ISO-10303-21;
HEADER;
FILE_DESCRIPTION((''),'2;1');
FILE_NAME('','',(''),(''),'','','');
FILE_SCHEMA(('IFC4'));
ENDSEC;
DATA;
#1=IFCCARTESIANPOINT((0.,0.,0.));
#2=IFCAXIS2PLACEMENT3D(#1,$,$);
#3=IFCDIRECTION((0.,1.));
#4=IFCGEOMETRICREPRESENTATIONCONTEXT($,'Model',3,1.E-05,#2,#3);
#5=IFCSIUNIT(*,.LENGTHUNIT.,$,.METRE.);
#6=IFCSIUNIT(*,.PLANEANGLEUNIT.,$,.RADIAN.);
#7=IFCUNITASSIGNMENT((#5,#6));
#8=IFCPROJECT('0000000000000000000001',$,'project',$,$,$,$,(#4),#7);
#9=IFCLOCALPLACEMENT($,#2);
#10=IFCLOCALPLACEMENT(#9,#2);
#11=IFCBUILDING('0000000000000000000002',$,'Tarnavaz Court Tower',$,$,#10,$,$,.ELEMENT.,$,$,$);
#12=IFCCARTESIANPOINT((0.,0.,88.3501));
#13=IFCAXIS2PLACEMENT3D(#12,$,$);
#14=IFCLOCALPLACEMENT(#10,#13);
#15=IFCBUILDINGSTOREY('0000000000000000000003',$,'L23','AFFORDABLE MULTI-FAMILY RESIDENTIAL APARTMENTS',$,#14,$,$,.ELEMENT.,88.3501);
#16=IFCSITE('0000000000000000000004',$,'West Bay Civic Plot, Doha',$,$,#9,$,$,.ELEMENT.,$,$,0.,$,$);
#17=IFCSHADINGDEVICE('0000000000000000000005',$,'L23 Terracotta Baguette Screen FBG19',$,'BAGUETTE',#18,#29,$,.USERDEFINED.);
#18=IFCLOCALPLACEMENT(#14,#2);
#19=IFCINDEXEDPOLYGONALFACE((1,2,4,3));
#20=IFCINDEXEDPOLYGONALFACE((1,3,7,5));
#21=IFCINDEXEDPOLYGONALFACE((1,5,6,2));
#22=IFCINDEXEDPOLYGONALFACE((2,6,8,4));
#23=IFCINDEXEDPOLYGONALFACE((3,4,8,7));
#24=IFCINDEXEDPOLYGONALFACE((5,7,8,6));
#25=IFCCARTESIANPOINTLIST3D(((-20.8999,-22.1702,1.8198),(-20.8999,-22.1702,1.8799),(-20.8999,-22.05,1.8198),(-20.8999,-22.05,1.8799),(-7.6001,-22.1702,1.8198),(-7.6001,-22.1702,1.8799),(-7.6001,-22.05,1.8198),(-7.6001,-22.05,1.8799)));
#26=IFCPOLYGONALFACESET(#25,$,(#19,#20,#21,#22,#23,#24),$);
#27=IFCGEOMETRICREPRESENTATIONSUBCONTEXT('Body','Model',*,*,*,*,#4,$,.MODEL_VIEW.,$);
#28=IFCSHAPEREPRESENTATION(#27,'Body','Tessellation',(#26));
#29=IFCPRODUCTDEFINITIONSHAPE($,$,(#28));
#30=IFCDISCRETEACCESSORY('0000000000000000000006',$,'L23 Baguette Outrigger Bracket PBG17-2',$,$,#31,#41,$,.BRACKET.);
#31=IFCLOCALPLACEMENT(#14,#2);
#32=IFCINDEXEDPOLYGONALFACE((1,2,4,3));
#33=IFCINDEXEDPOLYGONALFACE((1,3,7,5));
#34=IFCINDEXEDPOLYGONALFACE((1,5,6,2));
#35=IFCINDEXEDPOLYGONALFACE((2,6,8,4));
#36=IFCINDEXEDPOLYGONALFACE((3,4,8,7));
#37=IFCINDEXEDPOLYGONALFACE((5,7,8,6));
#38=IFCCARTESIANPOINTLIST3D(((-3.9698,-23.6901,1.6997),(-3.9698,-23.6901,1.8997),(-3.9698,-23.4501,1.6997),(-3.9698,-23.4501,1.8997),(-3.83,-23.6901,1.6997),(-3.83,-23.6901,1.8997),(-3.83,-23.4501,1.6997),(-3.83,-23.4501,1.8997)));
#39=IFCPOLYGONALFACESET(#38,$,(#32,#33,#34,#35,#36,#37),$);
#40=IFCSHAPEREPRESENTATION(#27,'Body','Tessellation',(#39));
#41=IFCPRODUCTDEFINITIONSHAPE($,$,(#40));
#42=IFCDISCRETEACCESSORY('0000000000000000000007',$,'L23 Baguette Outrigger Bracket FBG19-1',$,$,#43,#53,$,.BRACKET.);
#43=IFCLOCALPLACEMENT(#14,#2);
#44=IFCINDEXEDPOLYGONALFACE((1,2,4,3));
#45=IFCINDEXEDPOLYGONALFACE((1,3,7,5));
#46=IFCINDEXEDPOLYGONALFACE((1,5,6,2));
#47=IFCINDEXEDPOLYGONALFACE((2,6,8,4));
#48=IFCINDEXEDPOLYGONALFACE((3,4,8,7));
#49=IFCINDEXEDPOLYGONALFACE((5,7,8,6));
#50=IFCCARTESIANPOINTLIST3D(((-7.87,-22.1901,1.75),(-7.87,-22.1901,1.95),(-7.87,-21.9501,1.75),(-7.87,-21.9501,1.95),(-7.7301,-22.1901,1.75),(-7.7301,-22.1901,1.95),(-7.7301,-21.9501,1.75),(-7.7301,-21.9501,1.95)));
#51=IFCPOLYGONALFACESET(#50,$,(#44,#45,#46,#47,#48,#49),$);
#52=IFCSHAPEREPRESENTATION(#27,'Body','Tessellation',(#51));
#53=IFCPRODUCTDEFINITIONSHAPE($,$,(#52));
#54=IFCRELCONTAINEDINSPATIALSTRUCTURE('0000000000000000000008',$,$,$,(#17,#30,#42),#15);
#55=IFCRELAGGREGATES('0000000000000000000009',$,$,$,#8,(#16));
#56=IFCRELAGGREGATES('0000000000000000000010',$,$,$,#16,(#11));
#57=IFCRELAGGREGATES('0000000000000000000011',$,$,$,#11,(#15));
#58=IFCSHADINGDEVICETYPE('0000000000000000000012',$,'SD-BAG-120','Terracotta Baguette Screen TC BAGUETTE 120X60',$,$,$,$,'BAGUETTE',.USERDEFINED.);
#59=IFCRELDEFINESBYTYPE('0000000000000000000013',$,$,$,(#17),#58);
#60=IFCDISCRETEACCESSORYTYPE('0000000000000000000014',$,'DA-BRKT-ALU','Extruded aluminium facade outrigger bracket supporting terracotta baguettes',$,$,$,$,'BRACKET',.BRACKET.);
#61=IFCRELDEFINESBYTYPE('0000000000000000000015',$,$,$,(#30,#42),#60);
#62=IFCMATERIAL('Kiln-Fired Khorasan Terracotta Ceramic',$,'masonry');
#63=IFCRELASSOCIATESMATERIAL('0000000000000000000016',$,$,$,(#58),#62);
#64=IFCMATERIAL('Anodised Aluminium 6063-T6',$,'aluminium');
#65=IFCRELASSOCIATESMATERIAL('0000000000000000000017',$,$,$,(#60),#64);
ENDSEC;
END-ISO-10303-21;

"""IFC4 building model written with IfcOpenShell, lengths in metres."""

from ifc_helpers import new_model, si_unit, direction, frame, origin, origin_2d, place, context, subcontext, project, spatial, rectangle, extrude, material, material_profile, profile_set, type_object, element, save


model = new_model("IFC4")

# Units and contexts
model_context = context("Model", 3, precision=1e-05, world=origin(), true_north=direction((0.0, 1.0)))
body_context = subcontext(model_context, "Body", "Model", "MODEL_VIEW")
ifc_project = project(units=[si_unit("LENGTHUNIT", "METRE"), si_unit("PLANEANGLEUNIT", "RADIAN")], contexts=[model_context])

# Site, building, storey
site_placement = place(None, origin())
site = spatial("IfcSite", under=ifc_project, at=site_placement, Name="West Bay Civic Plot, Doha", CompositionType="ELEMENT", RefElevation=0.0)
building_placement = place(site_placement, origin())
building = spatial("IfcBuilding", under=site, at=building_placement, Name="Tarnavaz Court Tower", CompositionType="ELEMENT")
storey_placement = place(building_placement, frame((0.0, 0.0, 88.3501)))
storey = spatial("IfcBuildingStorey", under=building, at=storey_placement, Name="L23", Description="AFFORDABLE MULTI-FAMILY RESIDENTIAL APARTMENTS", CompositionType="ELEMENT", Elevation=88.3501)

# Shared definitions
ifc_material_1 = material(Name="Anodised Aluminium 6063-T6", Category="aluminium")

# Shading device
ifc_material_2 = material(Name="Kiln-Fired Khorasan Terracotta Ceramic", Category="masonry")
ifc_material_profile_1 = material_profile(ifc_material_2, rectangle(XDim=0.1201, YDim=0.0601, at=origin_2d()), Name="TC BAGUETTE 120X60")
ifc_profile_set_1 = profile_set([ifc_material_profile_1], Name="Kiln-Fired Khorasan Terracotta Ceramic")
shading_device_type = type_object("IfcShadingDeviceType", Name="SD-BAG-120", Description="Terracotta Baguette Screen TC BAGUETTE 120X60", ElementType="BAGUETTE", PredefinedType="USERDEFINED", material=ifc_profile_set_1)
shading_device_placement = place(storey_placement, frame((-7.6001, -22.1101, 1.8499), z_axis=(-1.0, 0.0, 0.0), x_axis=(0.0, -1.0, 0.0)))
element("IfcShadingDevice", 1, at=shading_device_placement, inside=storey, type_object=shading_device_type, Name="L23 Terracotta Baguette Screen FBG19", ObjectType="BAGUETTE", PredefinedType="USERDEFINED", context=body_context, shape_type="SweptSolid", body=[
    extrude(rectangle(XDim=0.1201, YDim=0.0601, at=origin_2d()), origin(), (0.0, 0.0, 1.0), 13.2998),
])

# Discrete accessories
discrete_accessory_type = type_object("IfcDiscreteAccessoryType", Name="DA-BRKT-ALU", Description="Extruded aluminium facade outrigger bracket supporting terracotta baguettes", ElementType="BRACKET", PredefinedType="BRACKET", material=ifc_material_1)
for number, where, z_axis, x_axis, name in (
    (2, (-3.8999, -23.5701, 1.6997), (0.0, 0.0, 1.0), (-1.0, 0.0, 0.0), "L23 Baguette Outrigger Bracket PBG17-2"),
    (3, (-7.8, -22.0701, 1.75), (0.0, 0.0, 1.0), (-1.0, 0.0, 0.0), "L23 Baguette Outrigger Bracket FBG19-1"),
):
    element("IfcDiscreteAccessory", number, at=place(storey_placement, frame(where, z_axis=z_axis, x_axis=x_axis)), inside=storey, type_object=discrete_accessory_type, Name=name, PredefinedType="BRACKET", context=body_context, shape_type="SweptSolid", body=[
        extrude(rectangle(XDim=0.1399, YDim=0.24, at=origin_2d()), origin(), (0.0, 0.0, 1.0), 0.2),
    ])

save(model, "model.ifc")
